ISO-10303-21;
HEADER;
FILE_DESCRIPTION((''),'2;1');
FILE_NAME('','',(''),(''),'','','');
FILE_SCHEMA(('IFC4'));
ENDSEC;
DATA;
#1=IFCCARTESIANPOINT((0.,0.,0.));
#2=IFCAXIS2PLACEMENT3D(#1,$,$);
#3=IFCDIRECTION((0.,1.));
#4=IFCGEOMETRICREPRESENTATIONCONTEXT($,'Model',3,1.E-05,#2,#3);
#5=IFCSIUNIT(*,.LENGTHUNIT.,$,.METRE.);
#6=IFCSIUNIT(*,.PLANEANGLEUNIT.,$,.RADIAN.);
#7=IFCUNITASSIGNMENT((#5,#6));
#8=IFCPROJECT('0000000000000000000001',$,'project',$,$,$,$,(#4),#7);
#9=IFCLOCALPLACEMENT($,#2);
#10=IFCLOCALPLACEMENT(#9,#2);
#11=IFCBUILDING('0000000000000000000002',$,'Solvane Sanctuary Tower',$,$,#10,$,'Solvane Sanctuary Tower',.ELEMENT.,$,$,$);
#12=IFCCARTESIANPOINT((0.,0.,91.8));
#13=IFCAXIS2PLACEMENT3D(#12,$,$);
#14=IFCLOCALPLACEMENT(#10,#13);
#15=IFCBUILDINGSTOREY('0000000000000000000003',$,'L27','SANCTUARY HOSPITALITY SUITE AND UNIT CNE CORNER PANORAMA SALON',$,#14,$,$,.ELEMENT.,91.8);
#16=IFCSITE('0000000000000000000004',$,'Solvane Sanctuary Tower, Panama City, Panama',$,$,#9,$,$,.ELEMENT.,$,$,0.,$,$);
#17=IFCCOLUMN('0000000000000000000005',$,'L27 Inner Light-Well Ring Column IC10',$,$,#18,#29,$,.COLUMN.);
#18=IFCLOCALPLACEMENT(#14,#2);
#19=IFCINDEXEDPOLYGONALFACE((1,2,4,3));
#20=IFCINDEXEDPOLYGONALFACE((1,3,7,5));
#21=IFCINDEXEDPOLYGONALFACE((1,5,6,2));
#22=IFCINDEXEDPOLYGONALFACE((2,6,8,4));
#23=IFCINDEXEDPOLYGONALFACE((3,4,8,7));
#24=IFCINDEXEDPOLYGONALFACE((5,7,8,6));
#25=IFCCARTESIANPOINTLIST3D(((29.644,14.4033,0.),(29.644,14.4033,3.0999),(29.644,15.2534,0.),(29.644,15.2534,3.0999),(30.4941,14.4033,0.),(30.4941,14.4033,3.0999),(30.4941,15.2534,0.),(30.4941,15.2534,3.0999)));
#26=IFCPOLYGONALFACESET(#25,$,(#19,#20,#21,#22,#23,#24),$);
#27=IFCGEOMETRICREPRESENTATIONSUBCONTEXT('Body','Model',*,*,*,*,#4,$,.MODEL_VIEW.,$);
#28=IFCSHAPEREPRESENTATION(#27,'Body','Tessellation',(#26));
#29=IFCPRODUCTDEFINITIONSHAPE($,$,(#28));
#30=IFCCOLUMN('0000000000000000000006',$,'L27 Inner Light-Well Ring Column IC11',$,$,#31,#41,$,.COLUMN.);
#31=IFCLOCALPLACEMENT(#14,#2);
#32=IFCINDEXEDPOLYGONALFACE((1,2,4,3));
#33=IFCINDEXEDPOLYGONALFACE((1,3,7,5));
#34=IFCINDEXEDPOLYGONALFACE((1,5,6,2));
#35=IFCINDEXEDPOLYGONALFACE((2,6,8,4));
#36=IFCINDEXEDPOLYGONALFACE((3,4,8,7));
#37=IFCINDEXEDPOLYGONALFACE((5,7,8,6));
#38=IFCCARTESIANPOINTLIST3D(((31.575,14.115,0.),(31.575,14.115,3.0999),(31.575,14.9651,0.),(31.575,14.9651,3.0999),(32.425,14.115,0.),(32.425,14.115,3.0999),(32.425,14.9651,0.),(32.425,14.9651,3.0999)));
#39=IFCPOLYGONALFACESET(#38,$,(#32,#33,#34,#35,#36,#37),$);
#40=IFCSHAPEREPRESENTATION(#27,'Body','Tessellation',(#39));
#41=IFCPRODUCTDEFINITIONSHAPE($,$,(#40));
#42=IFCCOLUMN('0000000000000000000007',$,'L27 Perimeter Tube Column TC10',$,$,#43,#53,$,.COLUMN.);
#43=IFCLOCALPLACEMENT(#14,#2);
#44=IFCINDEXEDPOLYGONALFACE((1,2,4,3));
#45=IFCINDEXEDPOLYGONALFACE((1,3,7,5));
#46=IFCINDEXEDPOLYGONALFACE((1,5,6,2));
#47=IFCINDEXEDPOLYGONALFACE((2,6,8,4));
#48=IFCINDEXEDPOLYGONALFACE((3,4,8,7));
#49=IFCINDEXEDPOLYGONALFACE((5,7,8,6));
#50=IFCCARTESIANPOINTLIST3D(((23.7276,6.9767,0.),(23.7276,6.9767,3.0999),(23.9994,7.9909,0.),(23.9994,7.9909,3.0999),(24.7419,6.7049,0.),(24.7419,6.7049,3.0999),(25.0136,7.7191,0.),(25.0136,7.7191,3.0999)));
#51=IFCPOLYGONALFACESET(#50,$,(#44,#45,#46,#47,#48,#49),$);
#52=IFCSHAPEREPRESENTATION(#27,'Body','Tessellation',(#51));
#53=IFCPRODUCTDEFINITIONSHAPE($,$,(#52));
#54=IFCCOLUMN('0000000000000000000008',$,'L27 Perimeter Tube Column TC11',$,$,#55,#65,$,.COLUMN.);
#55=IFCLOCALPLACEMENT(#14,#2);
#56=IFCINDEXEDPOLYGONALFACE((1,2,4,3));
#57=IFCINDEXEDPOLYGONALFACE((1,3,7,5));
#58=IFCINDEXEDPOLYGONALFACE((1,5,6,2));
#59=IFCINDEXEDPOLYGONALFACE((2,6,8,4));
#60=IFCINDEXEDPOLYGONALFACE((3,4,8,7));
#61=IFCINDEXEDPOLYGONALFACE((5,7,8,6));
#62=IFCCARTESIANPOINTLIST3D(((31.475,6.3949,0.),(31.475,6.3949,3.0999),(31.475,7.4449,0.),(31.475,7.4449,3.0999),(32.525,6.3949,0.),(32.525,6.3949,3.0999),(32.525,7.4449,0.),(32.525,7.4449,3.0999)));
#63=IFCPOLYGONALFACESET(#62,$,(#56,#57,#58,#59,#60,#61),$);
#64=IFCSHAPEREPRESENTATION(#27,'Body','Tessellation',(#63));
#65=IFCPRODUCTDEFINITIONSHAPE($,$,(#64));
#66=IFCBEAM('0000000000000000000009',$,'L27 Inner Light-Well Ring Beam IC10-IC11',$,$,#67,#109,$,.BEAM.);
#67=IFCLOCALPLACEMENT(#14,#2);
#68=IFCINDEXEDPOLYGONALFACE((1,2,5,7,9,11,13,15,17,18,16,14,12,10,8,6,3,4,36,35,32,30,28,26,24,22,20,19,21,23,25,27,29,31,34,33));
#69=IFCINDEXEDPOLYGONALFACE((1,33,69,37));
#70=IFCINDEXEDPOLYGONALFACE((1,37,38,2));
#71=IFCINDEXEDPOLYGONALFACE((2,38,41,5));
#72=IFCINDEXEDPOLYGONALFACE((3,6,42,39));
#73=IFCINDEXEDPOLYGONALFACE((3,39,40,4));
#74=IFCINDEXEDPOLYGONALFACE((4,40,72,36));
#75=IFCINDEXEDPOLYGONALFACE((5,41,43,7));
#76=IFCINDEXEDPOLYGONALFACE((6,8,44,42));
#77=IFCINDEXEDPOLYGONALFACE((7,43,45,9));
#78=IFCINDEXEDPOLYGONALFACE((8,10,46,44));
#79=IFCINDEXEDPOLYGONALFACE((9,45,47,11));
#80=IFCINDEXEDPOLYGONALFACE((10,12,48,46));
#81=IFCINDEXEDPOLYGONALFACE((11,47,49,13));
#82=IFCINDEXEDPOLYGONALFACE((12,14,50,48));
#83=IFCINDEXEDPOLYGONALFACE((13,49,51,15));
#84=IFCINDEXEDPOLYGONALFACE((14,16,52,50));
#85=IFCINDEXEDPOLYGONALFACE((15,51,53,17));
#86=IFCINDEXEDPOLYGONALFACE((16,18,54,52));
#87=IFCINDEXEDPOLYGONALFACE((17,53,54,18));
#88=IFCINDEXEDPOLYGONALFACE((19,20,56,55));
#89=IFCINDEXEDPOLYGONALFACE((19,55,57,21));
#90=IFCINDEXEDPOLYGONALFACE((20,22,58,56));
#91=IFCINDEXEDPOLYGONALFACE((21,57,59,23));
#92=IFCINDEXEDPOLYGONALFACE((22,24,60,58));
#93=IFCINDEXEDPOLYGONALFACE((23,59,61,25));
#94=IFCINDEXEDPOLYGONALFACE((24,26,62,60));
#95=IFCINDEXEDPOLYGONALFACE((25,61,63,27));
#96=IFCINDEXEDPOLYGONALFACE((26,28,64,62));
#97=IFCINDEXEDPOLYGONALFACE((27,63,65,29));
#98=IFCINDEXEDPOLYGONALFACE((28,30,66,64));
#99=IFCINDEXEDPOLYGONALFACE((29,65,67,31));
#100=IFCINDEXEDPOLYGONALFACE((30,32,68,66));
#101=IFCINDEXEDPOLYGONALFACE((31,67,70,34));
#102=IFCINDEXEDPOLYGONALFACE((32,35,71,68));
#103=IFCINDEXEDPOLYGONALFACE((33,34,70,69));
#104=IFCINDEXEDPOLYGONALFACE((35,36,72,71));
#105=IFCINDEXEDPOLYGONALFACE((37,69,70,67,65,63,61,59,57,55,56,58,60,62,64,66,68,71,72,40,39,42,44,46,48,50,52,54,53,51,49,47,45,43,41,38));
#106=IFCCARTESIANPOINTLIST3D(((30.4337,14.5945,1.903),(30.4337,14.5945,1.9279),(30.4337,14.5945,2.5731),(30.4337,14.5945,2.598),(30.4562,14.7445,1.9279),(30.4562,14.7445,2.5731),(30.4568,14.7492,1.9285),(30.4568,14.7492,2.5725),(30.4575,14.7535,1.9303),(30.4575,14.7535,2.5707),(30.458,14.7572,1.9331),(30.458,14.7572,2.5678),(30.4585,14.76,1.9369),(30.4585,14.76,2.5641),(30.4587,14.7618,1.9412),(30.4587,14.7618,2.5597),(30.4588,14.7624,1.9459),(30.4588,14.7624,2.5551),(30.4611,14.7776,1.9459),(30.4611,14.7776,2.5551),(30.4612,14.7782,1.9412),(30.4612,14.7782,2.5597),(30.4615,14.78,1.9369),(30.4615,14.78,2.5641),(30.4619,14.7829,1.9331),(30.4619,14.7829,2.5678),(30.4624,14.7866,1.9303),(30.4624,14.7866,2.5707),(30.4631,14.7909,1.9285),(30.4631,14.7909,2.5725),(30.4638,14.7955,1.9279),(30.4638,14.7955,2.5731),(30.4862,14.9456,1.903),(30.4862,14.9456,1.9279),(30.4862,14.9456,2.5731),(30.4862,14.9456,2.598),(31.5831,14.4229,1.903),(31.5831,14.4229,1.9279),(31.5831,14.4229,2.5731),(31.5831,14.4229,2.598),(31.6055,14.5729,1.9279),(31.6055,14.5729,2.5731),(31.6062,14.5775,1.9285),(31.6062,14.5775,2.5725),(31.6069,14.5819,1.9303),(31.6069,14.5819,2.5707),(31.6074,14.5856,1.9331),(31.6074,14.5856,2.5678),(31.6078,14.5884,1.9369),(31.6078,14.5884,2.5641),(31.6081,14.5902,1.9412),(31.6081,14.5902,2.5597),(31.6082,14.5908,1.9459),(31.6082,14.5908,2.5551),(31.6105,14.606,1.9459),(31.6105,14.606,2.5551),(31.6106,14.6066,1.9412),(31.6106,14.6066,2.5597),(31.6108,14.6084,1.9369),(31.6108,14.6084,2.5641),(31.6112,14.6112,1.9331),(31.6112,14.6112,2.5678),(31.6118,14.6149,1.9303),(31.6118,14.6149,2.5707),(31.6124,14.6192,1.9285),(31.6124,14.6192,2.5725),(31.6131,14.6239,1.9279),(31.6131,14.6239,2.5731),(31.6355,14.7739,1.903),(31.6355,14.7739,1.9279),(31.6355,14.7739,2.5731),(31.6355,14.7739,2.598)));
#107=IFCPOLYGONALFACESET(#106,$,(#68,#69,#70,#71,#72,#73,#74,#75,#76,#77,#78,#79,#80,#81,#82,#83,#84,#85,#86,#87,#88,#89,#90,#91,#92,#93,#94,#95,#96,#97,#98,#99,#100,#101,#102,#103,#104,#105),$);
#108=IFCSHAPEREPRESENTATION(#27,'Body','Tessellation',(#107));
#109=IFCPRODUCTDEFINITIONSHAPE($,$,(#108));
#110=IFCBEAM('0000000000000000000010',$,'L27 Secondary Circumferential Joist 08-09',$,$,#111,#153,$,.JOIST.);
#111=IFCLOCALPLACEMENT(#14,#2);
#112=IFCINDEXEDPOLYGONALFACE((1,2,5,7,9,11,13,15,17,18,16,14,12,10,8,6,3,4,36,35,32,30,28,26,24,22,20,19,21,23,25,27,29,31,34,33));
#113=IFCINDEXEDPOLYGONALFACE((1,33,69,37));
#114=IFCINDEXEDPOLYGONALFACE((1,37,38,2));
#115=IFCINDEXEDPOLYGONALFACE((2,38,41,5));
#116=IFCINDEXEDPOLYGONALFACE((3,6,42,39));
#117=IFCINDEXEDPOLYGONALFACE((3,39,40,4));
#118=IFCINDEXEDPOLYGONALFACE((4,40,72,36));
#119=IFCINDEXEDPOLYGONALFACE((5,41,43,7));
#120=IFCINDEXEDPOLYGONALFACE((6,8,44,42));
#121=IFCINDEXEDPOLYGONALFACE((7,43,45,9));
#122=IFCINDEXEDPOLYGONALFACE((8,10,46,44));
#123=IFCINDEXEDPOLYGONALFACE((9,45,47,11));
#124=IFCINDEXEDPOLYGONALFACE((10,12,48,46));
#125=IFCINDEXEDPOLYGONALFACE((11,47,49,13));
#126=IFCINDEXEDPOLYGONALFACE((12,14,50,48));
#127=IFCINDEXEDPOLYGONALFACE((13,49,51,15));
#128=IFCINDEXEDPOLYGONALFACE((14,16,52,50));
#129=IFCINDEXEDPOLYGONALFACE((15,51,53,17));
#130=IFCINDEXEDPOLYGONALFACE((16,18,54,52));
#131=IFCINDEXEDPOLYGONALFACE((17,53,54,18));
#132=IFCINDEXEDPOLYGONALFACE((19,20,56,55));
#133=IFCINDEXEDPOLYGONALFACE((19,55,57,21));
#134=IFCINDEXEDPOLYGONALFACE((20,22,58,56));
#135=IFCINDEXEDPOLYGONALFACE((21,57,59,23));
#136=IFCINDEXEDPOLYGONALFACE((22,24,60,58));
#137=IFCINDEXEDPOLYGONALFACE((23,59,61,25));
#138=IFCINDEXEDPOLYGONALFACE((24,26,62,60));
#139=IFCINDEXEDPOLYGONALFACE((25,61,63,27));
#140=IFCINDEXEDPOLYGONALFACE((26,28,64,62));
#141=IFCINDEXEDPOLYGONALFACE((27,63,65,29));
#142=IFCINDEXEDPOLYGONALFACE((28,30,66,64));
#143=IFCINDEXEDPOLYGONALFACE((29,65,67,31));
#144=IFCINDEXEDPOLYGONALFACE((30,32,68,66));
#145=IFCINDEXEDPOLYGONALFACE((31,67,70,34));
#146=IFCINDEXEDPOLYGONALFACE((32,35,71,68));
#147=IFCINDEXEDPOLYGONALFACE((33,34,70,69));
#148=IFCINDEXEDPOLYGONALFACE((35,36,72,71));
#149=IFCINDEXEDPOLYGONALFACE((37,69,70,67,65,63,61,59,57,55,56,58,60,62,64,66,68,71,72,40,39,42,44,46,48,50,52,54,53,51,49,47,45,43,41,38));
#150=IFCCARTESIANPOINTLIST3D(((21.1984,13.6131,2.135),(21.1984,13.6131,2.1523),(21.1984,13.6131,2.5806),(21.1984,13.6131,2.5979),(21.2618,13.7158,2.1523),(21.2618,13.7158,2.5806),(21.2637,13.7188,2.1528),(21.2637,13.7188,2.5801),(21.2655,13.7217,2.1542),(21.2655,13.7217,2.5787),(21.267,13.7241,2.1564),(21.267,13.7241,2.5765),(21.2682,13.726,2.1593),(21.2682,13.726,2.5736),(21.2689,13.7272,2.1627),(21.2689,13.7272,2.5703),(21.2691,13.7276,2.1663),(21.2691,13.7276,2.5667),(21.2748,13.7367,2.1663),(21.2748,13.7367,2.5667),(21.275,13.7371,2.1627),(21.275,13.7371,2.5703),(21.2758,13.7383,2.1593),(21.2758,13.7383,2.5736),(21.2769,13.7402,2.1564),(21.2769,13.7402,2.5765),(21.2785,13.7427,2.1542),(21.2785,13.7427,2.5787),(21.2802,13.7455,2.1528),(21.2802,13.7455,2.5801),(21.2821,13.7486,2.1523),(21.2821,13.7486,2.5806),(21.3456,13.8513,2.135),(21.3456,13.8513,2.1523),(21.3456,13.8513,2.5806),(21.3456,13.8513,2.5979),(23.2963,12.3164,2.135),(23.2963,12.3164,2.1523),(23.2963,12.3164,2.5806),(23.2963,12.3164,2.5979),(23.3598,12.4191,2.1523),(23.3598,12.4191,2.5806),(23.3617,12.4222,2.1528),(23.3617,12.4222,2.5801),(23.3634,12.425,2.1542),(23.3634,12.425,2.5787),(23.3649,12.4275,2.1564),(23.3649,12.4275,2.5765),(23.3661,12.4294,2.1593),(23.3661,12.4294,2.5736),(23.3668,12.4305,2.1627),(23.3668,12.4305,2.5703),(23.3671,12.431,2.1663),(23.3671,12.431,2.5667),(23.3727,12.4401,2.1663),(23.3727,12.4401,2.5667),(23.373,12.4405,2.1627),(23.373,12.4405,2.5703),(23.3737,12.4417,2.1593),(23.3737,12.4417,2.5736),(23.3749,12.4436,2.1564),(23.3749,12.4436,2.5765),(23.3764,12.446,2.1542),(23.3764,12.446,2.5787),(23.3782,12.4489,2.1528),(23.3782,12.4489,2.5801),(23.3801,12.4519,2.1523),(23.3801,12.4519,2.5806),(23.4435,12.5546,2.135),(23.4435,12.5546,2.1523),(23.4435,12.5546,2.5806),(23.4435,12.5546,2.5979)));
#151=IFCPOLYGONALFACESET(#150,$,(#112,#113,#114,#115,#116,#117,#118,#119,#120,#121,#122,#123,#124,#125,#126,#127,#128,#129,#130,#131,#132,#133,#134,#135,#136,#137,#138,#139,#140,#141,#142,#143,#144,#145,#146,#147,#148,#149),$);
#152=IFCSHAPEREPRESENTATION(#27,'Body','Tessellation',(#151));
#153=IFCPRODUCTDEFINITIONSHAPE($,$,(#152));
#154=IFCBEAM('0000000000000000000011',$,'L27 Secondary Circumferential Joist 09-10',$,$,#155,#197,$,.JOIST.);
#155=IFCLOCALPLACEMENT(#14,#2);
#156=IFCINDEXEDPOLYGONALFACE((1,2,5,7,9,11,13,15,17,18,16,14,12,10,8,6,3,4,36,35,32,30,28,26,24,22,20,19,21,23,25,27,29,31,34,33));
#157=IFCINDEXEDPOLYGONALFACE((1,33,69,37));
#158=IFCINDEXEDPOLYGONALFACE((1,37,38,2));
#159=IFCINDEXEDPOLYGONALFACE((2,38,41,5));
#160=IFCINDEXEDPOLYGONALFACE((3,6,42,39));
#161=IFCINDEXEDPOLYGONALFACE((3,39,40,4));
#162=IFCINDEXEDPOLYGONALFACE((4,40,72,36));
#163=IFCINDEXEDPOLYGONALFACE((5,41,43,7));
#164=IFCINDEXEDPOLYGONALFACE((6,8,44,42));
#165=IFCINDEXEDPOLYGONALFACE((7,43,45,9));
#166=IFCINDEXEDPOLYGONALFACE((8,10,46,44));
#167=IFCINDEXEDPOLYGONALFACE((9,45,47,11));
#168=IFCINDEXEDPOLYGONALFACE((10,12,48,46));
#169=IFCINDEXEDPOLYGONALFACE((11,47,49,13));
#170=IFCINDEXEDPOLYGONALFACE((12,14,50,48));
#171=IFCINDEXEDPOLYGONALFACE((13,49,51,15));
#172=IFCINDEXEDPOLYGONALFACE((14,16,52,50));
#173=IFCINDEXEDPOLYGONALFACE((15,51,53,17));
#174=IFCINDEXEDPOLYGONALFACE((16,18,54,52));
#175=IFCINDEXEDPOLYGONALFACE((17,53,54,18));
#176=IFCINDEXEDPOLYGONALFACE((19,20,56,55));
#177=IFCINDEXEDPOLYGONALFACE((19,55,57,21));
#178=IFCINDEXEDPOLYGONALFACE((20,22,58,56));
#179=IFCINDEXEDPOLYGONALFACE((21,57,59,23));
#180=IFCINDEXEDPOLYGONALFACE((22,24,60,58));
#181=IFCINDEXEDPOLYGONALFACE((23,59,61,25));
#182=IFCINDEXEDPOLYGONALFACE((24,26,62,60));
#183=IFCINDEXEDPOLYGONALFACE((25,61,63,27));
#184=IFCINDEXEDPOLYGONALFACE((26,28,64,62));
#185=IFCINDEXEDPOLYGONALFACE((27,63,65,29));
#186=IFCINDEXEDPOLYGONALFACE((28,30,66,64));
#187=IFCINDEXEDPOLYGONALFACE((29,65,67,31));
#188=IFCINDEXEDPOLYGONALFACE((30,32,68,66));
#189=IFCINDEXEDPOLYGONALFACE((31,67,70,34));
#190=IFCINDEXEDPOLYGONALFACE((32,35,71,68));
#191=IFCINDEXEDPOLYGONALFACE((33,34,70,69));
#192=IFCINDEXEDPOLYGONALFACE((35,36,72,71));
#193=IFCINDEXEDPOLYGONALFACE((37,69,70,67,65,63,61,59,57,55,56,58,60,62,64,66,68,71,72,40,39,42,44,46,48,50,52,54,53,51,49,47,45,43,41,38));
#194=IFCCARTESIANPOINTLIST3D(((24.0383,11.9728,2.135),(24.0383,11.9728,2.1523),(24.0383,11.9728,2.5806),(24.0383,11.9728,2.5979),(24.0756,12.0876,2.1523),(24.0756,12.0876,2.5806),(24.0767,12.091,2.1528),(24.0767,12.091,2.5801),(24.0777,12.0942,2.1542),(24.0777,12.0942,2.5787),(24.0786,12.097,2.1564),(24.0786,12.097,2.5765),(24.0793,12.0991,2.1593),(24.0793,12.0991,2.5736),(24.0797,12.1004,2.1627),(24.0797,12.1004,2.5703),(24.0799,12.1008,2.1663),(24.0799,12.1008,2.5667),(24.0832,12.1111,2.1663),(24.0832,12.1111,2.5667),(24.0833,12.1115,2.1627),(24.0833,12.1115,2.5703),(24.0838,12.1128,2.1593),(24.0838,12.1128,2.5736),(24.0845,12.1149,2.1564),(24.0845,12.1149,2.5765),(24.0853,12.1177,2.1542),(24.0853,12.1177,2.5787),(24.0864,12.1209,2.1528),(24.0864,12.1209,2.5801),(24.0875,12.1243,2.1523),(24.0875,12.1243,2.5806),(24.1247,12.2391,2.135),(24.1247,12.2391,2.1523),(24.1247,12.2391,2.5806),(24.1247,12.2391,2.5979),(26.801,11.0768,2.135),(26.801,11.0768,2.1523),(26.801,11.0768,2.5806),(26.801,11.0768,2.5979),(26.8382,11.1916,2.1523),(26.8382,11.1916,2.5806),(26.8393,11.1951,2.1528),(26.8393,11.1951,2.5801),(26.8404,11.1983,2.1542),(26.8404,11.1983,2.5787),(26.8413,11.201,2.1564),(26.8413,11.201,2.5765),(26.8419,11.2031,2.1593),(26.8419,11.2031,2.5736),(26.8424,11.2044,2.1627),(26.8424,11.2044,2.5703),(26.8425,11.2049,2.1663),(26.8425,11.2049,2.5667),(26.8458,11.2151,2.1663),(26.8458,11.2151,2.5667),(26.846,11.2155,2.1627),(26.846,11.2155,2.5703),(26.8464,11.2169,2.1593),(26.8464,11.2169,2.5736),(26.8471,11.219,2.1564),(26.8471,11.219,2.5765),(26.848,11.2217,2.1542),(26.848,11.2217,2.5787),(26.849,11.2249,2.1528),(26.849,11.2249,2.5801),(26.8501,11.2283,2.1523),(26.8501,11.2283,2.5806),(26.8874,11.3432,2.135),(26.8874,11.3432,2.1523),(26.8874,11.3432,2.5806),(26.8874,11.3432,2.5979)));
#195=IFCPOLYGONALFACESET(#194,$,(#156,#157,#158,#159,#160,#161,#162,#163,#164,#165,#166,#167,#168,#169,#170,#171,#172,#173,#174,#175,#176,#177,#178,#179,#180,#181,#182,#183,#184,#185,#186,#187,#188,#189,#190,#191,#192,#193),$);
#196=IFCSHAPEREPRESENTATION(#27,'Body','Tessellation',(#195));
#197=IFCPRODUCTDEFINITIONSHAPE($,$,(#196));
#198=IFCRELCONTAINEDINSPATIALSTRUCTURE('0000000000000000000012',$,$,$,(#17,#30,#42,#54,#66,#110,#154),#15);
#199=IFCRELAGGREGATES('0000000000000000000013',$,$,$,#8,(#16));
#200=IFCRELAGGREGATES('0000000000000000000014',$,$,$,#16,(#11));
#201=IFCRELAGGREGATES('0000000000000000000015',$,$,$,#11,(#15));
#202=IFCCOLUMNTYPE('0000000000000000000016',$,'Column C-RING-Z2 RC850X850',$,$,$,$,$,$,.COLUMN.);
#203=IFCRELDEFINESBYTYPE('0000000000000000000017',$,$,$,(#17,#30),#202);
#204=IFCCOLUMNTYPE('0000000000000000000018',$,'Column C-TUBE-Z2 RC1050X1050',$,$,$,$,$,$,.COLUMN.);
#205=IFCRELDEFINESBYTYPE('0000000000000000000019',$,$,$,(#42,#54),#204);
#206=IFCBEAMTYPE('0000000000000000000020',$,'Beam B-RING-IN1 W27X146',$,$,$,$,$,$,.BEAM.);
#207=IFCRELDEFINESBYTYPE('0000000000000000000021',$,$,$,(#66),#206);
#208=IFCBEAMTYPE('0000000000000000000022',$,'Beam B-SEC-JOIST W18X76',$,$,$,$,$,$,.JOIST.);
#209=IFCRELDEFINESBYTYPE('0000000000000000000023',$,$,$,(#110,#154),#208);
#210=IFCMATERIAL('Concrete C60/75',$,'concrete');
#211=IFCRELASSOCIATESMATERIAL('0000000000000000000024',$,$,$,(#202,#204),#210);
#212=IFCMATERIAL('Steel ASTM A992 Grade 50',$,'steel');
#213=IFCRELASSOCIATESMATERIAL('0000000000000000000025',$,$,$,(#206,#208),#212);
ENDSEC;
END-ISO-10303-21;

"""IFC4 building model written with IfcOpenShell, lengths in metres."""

from ifc_helpers import new_model, si_unit, direction, frame, origin, origin_2d, place, context, subcontext, project, spatial, rectangle, i_section, extrude, material, material_profile, profile_set, type_object, element, save


model = new_model("IFC4")

# Units and contexts
model_context = context("Model", 3, precision=1e-05, world=origin(), true_north=direction((0.0, 1.0)))
body_context = subcontext(model_context, "Body", "Model", "MODEL_VIEW")
ifc_project = project(units=[si_unit("LENGTHUNIT", "METRE"), si_unit("PLANEANGLEUNIT", "RADIAN")], contexts=[model_context])

# Site, building, storey
site_placement = place(None, origin())
site = spatial("IfcSite", under=ifc_project, at=site_placement, Name="Solvane Sanctuary Tower, Panama City, Panama", CompositionType="ELEMENT", RefElevation=0.0)
building_placement = place(site_placement, origin())
building = spatial("IfcBuilding", under=site, at=building_placement, Name="Solvane Sanctuary Tower", LongName="Solvane Sanctuary Tower", CompositionType="ELEMENT")
storey_placement = place(building_placement, frame((0.0, 0.0, 91.8)))
storey = spatial("IfcBuildingStorey", under=building, at=storey_placement, Name="L27", Description="SANCTUARY HOSPITALITY SUITE AND UNIT CNE CORNER PANORAMA SALON", CompositionType="ELEMENT", Elevation=91.8)

# Columns
ifc_material_1 = material(Name="Concrete C60/75", Category="concrete")
ifc_material_profile_1 = material_profile(ifc_material_1, rectangle(XDim=0.8501, YDim=0.8501, at=origin_2d()), Name="RC850X850")
ifc_profile_set_1 = profile_set([ifc_material_profile_1], Name="Concrete C60/75")
column_type_1 = type_object("IfcColumnType", Name="Column C-RING-Z2 RC850X850", PredefinedType="COLUMN", material=ifc_profile_set_1)
for number, where, z_axis, x_axis, name in (
    (1, (30.0691, 14.8284, 0.0), (0.0, 0.0, 1.0), (1.0, 0.0, 0.0), "L27 Inner Light-Well Ring Column IC10"),
    (2, (32.0, 14.54, 0.0), (0.0, 0.0, 1.0), (1.0, 0.0, 0.0), "L27 Inner Light-Well Ring Column IC11"),
):
    element("IfcColumn", number, at=place(storey_placement, frame(where, z_axis=z_axis, x_axis=x_axis)), inside=storey, type_object=column_type_1, Name=name, PredefinedType="COLUMN", context=body_context, shape_type="SweptSolid", body=[
        extrude(rectangle(XDim=0.8501, YDim=0.8501, at=origin_2d()), origin(), (0.0, 0.0, 1.0), 3.0999),
    ])
ifc_material_profile_2 = material_profile(ifc_material_1, rectangle(XDim=1.05, YDim=1.05, at=origin_2d()), Name="RC1050X1050")
ifc_profile_set_2 = profile_set([ifc_material_profile_2], Name="Concrete C60/75")
column_type_2 = type_object("IfcColumnType", Name="Column C-TUBE-Z2 RC1050X1050", PredefinedType="COLUMN", material=ifc_profile_set_2)
for number, where, z_axis, x_axis, name in (
    (3, (24.3706, 7.3479, 0.0), (0.0, 0.0, 1.0), (-0.258819, -0.965926, 0.0), "L27 Perimeter Tube Column TC10"),
    (4, (32.0, 6.9199, 0.0), (0.0, 0.0, 1.0), (0.0, -1.0, 0.0), "L27 Perimeter Tube Column TC11"),
):
    element("IfcColumn", number, at=place(storey_placement, frame(where, z_axis=z_axis, x_axis=x_axis)), inside=storey, type_object=column_type_2, Name=name, PredefinedType="COLUMN", context=body_context, shape_type="SweptSolid", body=[
        extrude(rectangle(XDim=1.05, YDim=1.05, at=origin_2d()), origin(), (0.0, 0.0, 1.0), 3.0999),
    ])

# Beams
ifc_material_2 = material(Name="Steel ASTM A992 Grade 50", Category="steel")
ifc_material_profile_3 = material_profile(ifc_material_2, i_section(OverallWidth=0.355, OverallDepth=0.6951, WebThickness=0.0154, FlangeThickness=0.0249, FilletRadius=0.0181, at=origin_2d()), Name="W27X146")
ifc_profile_set_3 = profile_set([ifc_material_profile_3], Name="Steel ASTM A992 Grade 50")
beam_type_1 = type_object("IfcBeamType", Name="Beam B-RING-IN1 W27X146", PredefinedType="BEAM", material=ifc_profile_set_3)
beam_1_placement = place(storey_placement, frame((30.46, 14.77, 2.2505), z_axis=(0.989035, -0.147683, 0.0), x_axis=(0.147683, 0.989035, 0.0)))
element("IfcBeam", 5, at=beam_1_placement, inside=storey, type_object=beam_type_1, Name="L27 Inner Light-Well Ring Beam IC10-IC11", PredefinedType="BEAM", context=body_context, shape_type="SweptSolid", body=[
    extrude(i_section(OverallWidth=0.355, OverallDepth=0.6951, WebThickness=0.0154, FlangeThickness=0.0249, FilletRadius=0.0181, at=origin_2d()), origin(), (0.0, 0.0, 1.0), 1.1621),
])
ifc_material_profile_4 = material_profile(ifc_material_2, i_section(OverallWidth=0.28, OverallDepth=0.4629, WebThickness=0.0107, FlangeThickness=0.0173, FilletRadius=0.0139, at=origin_2d()), Name="W18X76")
ifc_profile_set_4 = profile_set([ifc_material_profile_4], Name="Steel ASTM A992 Grade 50")
beam_type_2 = type_object("IfcBeamType", Name="Beam B-SEC-JOIST W18X76", PredefinedType="JOIST", material=ifc_profile_set_4)
beam_2_placement = place(storey_placement, frame((21.272, 13.7322, 2.3665), z_axis=(0.85064, -0.525748, 0.0), x_axis=(0.525748, 0.85064, 0.0)))
element("IfcBeam", 6, at=beam_2_placement, inside=storey, type_object=beam_type_2, Name="L27 Secondary Circumferential Joist 08-09", PredefinedType="JOIST", context=body_context, shape_type="SweptSolid", body=[
    extrude(i_section(OverallWidth=0.28, OverallDepth=0.4629, WebThickness=0.0107, FlangeThickness=0.0173, FilletRadius=0.0139, at=origin_2d()), origin(), (0.0, 0.0, 1.0), 2.4663),
])
beam_3_placement = place(storey_placement, frame((24.0815, 12.106, 2.3665), z_axis=(0.951224, -0.308501, 0.0), x_axis=(0.308501, 0.951224, 0.0)))
element("IfcBeam", 7, at=beam_3_placement, inside=storey, type_object=beam_type_2, Name="L27 Secondary Circumferential Joist 09-10", PredefinedType="JOIST", context=body_context, shape_type="SweptSolid", body=[
    extrude(i_section(OverallWidth=0.28, OverallDepth=0.4629, WebThickness=0.0107, FlangeThickness=0.0173, FilletRadius=0.0139, at=origin_2d()), origin(), (0.0, 0.0, 1.0), 2.9043),
])

save(model, "model.ifc")
